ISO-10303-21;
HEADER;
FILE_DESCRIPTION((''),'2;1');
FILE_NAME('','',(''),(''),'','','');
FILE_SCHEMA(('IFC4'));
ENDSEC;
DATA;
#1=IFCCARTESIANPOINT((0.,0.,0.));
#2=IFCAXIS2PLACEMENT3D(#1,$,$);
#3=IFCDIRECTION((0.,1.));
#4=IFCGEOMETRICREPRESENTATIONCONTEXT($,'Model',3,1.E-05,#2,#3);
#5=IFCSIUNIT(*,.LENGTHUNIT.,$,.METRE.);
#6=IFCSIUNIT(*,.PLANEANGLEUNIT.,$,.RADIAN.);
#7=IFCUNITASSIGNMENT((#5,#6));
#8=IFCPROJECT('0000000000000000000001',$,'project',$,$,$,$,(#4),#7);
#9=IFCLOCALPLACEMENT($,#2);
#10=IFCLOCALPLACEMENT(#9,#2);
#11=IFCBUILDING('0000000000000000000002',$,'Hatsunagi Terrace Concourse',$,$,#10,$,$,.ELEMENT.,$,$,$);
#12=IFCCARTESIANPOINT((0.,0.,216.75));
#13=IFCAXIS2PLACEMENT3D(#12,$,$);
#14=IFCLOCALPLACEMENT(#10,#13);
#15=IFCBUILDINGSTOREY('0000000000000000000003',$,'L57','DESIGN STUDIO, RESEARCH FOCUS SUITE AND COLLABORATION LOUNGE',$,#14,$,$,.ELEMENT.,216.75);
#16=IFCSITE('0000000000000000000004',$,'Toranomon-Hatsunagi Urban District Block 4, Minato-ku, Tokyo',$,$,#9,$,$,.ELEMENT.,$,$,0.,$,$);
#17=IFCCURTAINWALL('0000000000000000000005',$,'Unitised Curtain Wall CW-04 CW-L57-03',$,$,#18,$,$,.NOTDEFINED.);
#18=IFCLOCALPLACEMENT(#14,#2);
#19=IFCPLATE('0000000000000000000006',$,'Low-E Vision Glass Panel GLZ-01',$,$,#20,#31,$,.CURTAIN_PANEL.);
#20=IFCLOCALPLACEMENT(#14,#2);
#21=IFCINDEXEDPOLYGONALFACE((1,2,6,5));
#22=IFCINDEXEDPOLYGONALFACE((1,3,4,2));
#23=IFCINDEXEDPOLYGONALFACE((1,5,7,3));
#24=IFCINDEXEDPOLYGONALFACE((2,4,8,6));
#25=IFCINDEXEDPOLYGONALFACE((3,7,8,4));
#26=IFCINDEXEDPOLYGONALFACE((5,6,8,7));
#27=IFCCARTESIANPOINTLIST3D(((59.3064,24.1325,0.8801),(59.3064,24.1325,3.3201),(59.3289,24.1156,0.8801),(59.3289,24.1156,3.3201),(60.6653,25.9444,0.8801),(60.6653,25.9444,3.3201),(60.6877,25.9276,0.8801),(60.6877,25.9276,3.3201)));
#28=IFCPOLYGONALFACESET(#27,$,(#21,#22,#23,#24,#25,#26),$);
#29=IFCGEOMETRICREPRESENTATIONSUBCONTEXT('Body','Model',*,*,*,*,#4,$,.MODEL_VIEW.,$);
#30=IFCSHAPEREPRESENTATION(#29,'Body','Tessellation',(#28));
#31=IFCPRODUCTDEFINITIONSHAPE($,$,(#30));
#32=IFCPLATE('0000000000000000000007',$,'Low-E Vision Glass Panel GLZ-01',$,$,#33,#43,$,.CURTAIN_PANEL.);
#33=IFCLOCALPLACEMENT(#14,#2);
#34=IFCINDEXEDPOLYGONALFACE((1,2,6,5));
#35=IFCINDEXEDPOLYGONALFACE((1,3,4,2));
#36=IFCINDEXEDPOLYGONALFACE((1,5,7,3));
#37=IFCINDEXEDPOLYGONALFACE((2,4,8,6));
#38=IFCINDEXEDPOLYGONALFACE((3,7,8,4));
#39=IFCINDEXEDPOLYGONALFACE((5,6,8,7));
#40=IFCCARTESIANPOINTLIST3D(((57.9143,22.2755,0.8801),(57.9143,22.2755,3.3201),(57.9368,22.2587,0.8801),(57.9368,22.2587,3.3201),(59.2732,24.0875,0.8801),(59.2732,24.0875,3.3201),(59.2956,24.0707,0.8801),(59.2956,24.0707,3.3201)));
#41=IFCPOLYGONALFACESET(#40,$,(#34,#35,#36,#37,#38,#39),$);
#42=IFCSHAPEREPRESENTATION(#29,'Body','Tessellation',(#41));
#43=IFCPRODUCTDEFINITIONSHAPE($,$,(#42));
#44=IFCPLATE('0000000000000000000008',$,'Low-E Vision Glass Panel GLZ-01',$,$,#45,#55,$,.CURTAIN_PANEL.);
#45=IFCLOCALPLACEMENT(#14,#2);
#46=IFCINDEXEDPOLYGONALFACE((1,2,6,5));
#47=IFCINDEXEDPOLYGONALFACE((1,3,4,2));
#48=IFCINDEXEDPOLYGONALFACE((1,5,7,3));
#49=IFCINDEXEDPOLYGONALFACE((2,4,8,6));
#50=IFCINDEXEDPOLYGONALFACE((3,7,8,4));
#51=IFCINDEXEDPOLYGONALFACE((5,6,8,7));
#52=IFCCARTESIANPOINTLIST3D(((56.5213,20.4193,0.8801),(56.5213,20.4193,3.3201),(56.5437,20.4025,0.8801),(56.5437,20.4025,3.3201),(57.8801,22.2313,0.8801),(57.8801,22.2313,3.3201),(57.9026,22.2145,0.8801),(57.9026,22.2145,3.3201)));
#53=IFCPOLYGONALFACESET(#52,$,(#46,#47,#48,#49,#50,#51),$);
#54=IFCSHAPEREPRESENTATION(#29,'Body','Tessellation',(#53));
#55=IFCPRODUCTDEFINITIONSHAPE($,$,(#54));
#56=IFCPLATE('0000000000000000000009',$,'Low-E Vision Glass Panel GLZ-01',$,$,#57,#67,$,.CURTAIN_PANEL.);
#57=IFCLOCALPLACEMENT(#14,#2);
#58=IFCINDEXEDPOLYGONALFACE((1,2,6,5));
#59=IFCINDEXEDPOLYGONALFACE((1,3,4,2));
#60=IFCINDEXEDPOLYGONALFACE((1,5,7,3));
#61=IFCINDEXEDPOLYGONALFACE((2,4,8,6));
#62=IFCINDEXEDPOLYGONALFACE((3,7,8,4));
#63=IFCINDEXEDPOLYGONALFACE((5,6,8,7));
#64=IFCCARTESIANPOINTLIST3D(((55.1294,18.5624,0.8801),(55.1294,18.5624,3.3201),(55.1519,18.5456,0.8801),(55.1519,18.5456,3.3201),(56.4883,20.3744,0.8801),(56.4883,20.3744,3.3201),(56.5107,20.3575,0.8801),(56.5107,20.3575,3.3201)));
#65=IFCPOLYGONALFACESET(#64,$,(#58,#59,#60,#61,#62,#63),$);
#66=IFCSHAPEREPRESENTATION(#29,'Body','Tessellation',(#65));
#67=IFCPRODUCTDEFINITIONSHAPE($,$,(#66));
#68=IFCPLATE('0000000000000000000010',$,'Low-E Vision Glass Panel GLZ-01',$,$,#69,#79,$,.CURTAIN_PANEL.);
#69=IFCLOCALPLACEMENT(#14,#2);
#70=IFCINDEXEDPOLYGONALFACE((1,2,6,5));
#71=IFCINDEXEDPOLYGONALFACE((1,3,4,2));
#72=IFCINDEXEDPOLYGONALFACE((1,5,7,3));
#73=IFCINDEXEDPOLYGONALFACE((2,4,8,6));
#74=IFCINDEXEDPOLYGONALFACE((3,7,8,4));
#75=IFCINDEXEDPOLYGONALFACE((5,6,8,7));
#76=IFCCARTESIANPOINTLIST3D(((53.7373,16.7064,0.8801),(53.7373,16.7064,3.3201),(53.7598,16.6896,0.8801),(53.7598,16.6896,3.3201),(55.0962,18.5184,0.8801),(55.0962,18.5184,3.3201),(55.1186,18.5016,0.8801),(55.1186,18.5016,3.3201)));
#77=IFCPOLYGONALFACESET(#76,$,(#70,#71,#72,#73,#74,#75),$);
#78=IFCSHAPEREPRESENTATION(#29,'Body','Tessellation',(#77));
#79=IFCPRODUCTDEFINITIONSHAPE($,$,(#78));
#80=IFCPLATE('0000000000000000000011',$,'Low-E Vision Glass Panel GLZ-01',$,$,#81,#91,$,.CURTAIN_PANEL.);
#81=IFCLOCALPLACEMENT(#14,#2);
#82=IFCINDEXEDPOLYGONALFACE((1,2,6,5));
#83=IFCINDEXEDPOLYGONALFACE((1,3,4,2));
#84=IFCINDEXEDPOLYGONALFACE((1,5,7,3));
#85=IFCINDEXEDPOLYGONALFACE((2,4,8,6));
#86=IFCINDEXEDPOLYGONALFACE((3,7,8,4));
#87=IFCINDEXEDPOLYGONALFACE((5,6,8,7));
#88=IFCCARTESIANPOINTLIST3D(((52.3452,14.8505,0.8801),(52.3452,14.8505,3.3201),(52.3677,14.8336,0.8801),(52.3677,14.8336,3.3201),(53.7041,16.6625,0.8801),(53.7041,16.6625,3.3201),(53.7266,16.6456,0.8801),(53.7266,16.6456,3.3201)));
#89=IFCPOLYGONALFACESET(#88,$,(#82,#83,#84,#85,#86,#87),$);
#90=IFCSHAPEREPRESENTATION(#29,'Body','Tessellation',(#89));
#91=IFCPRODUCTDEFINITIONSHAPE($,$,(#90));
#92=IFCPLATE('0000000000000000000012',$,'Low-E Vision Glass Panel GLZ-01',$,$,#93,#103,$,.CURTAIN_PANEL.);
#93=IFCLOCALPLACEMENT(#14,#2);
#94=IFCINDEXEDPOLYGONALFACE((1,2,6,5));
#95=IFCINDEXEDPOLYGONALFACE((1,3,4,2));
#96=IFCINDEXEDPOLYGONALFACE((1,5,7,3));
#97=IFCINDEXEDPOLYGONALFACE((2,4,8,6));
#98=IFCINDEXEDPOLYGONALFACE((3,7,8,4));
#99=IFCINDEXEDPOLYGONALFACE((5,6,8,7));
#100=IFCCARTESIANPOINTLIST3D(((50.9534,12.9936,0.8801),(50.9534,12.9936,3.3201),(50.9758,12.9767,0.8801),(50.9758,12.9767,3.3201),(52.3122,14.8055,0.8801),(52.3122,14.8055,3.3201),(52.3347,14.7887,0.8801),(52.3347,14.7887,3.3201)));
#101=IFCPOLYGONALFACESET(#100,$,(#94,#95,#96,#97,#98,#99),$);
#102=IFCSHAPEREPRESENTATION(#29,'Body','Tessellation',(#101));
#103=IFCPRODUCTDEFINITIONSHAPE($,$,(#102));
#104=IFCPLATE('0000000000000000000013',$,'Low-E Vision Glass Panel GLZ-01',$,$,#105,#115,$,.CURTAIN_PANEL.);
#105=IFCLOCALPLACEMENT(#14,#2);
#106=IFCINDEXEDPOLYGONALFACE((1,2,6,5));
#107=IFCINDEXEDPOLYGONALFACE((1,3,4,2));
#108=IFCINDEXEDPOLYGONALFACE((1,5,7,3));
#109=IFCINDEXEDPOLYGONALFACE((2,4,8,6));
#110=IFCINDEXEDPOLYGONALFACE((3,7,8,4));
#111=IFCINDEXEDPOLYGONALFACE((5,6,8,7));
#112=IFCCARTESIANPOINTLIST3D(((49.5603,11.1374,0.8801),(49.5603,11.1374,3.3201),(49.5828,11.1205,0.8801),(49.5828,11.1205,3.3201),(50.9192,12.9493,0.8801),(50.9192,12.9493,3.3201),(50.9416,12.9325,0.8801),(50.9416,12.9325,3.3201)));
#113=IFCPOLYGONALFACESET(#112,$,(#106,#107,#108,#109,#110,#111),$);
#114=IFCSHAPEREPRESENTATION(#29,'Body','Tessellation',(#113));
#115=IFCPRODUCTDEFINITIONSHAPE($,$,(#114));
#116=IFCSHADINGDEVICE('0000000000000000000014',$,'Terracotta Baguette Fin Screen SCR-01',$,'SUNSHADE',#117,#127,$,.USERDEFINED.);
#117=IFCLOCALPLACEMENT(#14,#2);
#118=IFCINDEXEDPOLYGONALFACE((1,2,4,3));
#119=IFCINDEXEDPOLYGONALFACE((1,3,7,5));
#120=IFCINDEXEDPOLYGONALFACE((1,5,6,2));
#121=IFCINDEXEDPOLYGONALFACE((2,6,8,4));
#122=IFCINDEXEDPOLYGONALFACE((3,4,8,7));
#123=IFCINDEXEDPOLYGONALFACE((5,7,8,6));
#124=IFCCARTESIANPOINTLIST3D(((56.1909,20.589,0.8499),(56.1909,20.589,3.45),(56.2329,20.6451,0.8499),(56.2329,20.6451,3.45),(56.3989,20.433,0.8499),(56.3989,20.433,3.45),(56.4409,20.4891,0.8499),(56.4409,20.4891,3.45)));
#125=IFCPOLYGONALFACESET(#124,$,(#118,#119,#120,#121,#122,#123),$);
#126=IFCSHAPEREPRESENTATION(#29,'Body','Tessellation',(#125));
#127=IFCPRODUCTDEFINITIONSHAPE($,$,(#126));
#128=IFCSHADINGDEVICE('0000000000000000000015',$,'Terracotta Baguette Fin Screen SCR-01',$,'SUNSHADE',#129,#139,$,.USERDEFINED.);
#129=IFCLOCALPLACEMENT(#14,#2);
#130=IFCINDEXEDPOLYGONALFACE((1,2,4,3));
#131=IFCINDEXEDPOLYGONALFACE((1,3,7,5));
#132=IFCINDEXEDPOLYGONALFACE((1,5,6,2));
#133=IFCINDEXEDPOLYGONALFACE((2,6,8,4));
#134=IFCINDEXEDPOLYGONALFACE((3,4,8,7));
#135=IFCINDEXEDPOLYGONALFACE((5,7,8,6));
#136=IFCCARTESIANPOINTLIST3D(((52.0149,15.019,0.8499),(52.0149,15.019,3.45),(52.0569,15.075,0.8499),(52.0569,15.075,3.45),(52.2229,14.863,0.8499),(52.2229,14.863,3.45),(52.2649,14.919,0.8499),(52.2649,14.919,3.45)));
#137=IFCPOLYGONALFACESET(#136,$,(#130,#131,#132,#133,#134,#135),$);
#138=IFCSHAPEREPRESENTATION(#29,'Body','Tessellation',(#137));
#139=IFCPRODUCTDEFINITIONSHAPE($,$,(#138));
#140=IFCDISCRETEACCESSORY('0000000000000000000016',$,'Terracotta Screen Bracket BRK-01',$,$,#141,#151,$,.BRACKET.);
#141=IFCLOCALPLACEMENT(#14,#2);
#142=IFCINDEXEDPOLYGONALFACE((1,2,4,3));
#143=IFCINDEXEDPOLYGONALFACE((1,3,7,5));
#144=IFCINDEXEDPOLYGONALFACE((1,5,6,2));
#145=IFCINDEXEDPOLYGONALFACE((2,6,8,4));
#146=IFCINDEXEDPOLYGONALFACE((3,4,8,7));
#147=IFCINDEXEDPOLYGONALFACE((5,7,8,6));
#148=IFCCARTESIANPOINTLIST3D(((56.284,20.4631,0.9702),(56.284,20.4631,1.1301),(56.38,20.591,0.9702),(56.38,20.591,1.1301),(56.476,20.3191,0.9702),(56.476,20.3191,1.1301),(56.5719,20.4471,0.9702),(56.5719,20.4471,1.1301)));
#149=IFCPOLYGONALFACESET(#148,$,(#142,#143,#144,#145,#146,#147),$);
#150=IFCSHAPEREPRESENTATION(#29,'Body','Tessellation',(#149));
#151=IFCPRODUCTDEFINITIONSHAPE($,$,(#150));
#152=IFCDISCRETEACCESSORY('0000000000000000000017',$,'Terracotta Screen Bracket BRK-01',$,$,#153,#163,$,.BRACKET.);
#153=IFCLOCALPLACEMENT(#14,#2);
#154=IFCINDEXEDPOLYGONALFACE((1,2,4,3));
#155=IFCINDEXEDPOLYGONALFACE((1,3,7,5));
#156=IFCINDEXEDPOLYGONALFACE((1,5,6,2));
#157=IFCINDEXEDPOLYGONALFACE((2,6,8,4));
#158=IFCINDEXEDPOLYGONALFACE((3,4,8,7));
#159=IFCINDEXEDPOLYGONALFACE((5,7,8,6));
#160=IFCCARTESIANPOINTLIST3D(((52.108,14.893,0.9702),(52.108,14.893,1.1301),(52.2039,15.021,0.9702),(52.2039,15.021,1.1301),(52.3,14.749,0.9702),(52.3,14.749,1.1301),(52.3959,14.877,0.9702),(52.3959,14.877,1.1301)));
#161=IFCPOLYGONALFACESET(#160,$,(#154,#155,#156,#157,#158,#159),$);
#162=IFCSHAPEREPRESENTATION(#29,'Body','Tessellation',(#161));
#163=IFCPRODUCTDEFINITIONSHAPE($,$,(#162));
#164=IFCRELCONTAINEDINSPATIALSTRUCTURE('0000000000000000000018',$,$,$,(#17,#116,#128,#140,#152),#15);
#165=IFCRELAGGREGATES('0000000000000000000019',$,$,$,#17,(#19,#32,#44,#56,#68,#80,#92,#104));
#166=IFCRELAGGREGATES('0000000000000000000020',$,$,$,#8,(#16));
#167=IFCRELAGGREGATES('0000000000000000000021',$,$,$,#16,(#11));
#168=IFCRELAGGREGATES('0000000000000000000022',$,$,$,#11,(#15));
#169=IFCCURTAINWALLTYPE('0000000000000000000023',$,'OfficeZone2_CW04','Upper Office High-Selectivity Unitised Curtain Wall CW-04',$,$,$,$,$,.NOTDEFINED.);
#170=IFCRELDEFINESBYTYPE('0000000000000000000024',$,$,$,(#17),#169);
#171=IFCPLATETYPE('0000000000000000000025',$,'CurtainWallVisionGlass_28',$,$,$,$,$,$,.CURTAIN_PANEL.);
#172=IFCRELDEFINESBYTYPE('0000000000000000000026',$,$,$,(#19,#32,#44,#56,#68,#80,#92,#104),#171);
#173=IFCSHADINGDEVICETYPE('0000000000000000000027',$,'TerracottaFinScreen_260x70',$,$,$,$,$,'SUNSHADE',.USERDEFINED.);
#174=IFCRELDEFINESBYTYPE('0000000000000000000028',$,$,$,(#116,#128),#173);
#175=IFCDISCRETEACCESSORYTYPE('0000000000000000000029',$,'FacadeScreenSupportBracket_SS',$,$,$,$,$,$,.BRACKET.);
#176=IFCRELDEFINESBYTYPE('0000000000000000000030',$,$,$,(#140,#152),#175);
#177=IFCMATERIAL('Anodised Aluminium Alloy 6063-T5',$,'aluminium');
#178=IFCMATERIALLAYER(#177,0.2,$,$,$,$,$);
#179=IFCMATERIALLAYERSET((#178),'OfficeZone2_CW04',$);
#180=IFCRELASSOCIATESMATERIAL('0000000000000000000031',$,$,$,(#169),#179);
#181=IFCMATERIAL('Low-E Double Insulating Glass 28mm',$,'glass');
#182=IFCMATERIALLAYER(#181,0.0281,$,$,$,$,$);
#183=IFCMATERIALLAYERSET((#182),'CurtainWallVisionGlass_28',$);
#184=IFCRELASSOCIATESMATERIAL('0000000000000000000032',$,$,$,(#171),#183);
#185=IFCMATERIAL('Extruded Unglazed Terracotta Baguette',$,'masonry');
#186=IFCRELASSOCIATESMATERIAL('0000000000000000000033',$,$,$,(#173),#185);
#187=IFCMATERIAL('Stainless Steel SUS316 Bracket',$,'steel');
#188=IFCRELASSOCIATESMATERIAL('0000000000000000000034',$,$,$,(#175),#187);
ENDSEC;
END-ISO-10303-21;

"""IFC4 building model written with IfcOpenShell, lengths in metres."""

from ifc_helpers import new_model, si_unit, direction, frame, origin, origin_2d, place, context, subcontext, project, spatial, rectangle, extrude, material, layer, layer_set, type_object, element, aggregate, save


model = new_model("IFC4")

# Units and contexts
model_context = context("Model", 3, precision=1e-05, world=origin(), true_north=direction((0.0, 1.0)))
body_context = subcontext(model_context, "Body", "Model", "MODEL_VIEW")
ifc_project = project(units=[si_unit("LENGTHUNIT", "METRE"), si_unit("PLANEANGLEUNIT", "RADIAN")], contexts=[model_context])

# Site, building, storey
site_placement = place(None, origin())
site = spatial("IfcSite", under=ifc_project, at=site_placement, Name="Toranomon-Hatsunagi Urban District Block 4, Minato-ku, Tokyo", CompositionType="ELEMENT", RefElevation=0.0)
building_placement = place(site_placement, origin())
building = spatial("IfcBuilding", under=site, at=building_placement, Name="Hatsunagi Terrace Concourse", CompositionType="ELEMENT")
storey_placement = place(building_placement, frame((0.0, 0.0, 216.75)))
storey = spatial("IfcBuildingStorey", under=building, at=storey_placement, Name="L57", Description="DESIGN STUDIO, RESEARCH FOCUS SUITE AND COLLABORATION LOUNGE", CompositionType="ELEMENT", Elevation=216.75)

# Curtain wall
ifc_material_1 = material(Name="Anodised Aluminium Alloy 6063-T5", Category="aluminium")
ifc_layer_1 = layer(ifc_material_1, 0.2)
ifc_layer_set_1 = layer_set([ifc_layer_1], Name="OfficeZone2_CW04")
curtain_wall_type = type_object("IfcCurtainWallType", Name="OfficeZone2_CW04", Description="Upper Office High-Selectivity Unitised Curtain Wall CW-04", PredefinedType="NOTDEFINED", material=ifc_layer_set_1)
curtain_wall_placement = place(storey_placement, origin())
curtain_wall = element("IfcCurtainWall", 1, at=curtain_wall_placement, inside=storey, type_object=curtain_wall_type, Name="Unitised Curtain Wall CW-04 CW-L57-03", PredefinedType="NOTDEFINED")

# Plates
ifc_material_2 = material(Name="Low-E Double Insulating Glass 28mm", Category="glass")
ifc_layer_2 = layer(ifc_material_2, 0.0281)
ifc_layer_set_2 = layer_set([ifc_layer_2], Name="CurtainWallVisionGlass_28")
plate_type_1 = type_object("IfcPlateType", Name="CurtainWallVisionGlass_28", PredefinedType="CURTAIN_PANEL", material=ifc_layer_set_2)
plate_1_placement = place(storey_placement, frame((59.9971, 25.03, 0.8801), z_axis=(0.0, 0.0, 1.0), x_axis=(-0.599969, -0.800023, 0.0)))
plate_1 = element("IfcPlate", 2, at=plate_1_placement, type_object=plate_type_1, Name="Low-E Vision Glass Panel GLZ-01", PredefinedType="CURTAIN_PANEL", context=body_context, shape_type="SweptSolid", body=[
    extrude(rectangle(XDim=2.2649, YDim=0.0281, at=origin_2d()), origin(), (0.0, 0.0, 1.0), 2.4399),
])
plate_2_placement = place(storey_placement, frame((58.605, 23.1731, 0.8801), z_axis=(0.0, 0.0, 1.0), x_axis=(-0.599969, -0.800023, 0.0)))
plate_2 = element("IfcPlate", 3, at=plate_2_placement, type_object=plate_type_1, Name="Low-E Vision Glass Panel GLZ-01", PredefinedType="CURTAIN_PANEL", context=body_context, shape_type="SweptSolid", body=[
    extrude(rectangle(XDim=2.2649, YDim=0.0281, at=origin_2d()), origin(), (0.0, 0.0, 1.0), 2.4399),
])
plate_3_placement = place(storey_placement, frame((57.2119, 21.3169, 0.8801), z_axis=(0.0, 0.0, 1.0), x_axis=(-0.599969, -0.800023, 0.0)))
plate_3 = element("IfcPlate", 4, at=plate_3_placement, type_object=plate_type_1, Name="Low-E Vision Glass Panel GLZ-01", PredefinedType="CURTAIN_PANEL", context=body_context, shape_type="SweptSolid", body=[
    extrude(rectangle(XDim=2.2649, YDim=0.0281, at=origin_2d()), origin(), (0.0, 0.0, 1.0), 2.4399),
])
plate_4_placement = place(storey_placement, frame((55.8201, 19.46, 0.8801), z_axis=(0.0, 0.0, 1.0), x_axis=(-0.599969, -0.800023, 0.0)))
plate_4 = element("IfcPlate", 5, at=plate_4_placement, type_object=plate_type_1, Name="Low-E Vision Glass Panel GLZ-01", PredefinedType="CURTAIN_PANEL", context=body_context, shape_type="SweptSolid", body=[
    extrude(rectangle(XDim=2.2649, YDim=0.0281, at=origin_2d()), origin(), (0.0, 0.0, 1.0), 2.4399),
])
plate_5_placement = place(storey_placement, frame((54.428, 17.604, 0.8801), z_axis=(0.0, 0.0, 1.0), x_axis=(-0.599969, -0.800023, 0.0)))
plate_5 = element("IfcPlate", 6, at=plate_5_placement, type_object=plate_type_1, Name="Low-E Vision Glass Panel GLZ-01", PredefinedType="CURTAIN_PANEL", context=body_context, shape_type="SweptSolid", body=[
    extrude(rectangle(XDim=2.2649, YDim=0.0281, at=origin_2d()), origin(), (0.0, 0.0, 1.0), 2.4399),
])
plate_6_placement = place(storey_placement, frame((53.0359, 15.748, 0.8801), z_axis=(0.0, 0.0, 1.0), x_axis=(-0.599969, -0.800023, 0.0)))
plate_6 = element("IfcPlate", 7, at=plate_6_placement, type_object=plate_type_1, Name="Low-E Vision Glass Panel GLZ-01", PredefinedType="CURTAIN_PANEL", context=body_context, shape_type="SweptSolid", body=[
    extrude(rectangle(XDim=2.2649, YDim=0.0281, at=origin_2d()), origin(), (0.0, 0.0, 1.0), 2.4399),
])
plate_7_placement = place(storey_placement, frame((51.644, 13.8911, 0.8801), z_axis=(0.0, 0.0, 1.0), x_axis=(-0.599969, -0.800023, 0.0)))
plate_7 = element("IfcPlate", 8, at=plate_7_placement, type_object=plate_type_1, Name="Low-E Vision Glass Panel GLZ-01", PredefinedType="CURTAIN_PANEL", context=body_context, shape_type="SweptSolid", body=[
    extrude(rectangle(XDim=2.2649, YDim=0.0281, at=origin_2d()), origin(), (0.0, 0.0, 1.0), 2.4399),
])
plate_8_placement = place(storey_placement, frame((50.251, 12.0349, 0.8801), z_axis=(0.0, 0.0, 1.0), x_axis=(-0.599969, -0.800023, 0.0)))
plate_8 = element("IfcPlate", 9, at=plate_8_placement, type_object=plate_type_1, Name="Low-E Vision Glass Panel GLZ-01", PredefinedType="CURTAIN_PANEL", context=body_context, shape_type="SweptSolid", body=[
    extrude(rectangle(XDim=2.2649, YDim=0.0281, at=origin_2d()), origin(), (0.0, 0.0, 1.0), 2.4399),
])
aggregate(curtain_wall, [plate_1, plate_2, plate_3, plate_4, plate_5, plate_6, plate_7, plate_8])

# Shading devices
ifc_material_3 = material(Name="Extruded Unglazed Terracotta Baguette", Category="masonry")
shading_device_type = type_object("IfcShadingDeviceType", Name="TerracottaFinScreen_260x70", ElementType="SUNSHADE", PredefinedType="USERDEFINED", material=ifc_material_3)
for number, where, z_axis, x_axis, name in (
    (10, (56.3159, 20.5391, 0.8499), (0.0, 0.0, 1.0), (-0.599969, -0.800023, 0.0), "Terracotta Baguette Fin Screen SCR-01"),
    (11, (52.1399, 14.969, 0.8499), (0.0, 0.0, 1.0), (-0.599969, -0.800023, 0.0), "Terracotta Baguette Fin Screen SCR-01"),
):
    element("IfcShadingDevice", number, at=place(storey_placement, frame(where, z_axis=z_axis, x_axis=x_axis)), inside=storey, type_object=shading_device_type, Name=name, ObjectType="SUNSHADE", PredefinedType="USERDEFINED", context=body_context, shape_type="SweptSolid", body=[
        extrude(rectangle(XDim=0.0701, YDim=0.26, at=origin_2d()), origin(), (0.0, 0.0, 1.0), 2.6001),
    ])

# Discrete accessories
ifc_material_4 = material(Name="Stainless Steel SUS316 Bracket", Category="steel")
discrete_accessory_type = type_object("IfcDiscreteAccessoryType", Name="FacadeScreenSupportBracket_SS", PredefinedType="BRACKET", material=ifc_material_4)
for number, where, z_axis, x_axis, name in (
    (12, (56.428, 20.4551, 0.9702), (0.0, 0.0, 1.0), (-0.599969, -0.800023, 0.0), "Terracotta Screen Bracket BRK-01"),
    (13, (52.252, 14.885, 0.9702), (0.0, 0.0, 1.0), (-0.599969, -0.800023, 0.0), "Terracotta Screen Bracket BRK-01"),
):
    element("IfcDiscreteAccessory", number, at=place(storey_placement, frame(where, z_axis=z_axis, x_axis=x_axis)), inside=storey, type_object=discrete_accessory_type, Name=name, PredefinedType="BRACKET", context=body_context, shape_type="SweptSolid", body=[
        extrude(rectangle(XDim=0.1599, YDim=0.24, at=origin_2d()), origin(), (0.0, 0.0, 1.0), 0.1599),
    ])

save(model, "model.ifc")
